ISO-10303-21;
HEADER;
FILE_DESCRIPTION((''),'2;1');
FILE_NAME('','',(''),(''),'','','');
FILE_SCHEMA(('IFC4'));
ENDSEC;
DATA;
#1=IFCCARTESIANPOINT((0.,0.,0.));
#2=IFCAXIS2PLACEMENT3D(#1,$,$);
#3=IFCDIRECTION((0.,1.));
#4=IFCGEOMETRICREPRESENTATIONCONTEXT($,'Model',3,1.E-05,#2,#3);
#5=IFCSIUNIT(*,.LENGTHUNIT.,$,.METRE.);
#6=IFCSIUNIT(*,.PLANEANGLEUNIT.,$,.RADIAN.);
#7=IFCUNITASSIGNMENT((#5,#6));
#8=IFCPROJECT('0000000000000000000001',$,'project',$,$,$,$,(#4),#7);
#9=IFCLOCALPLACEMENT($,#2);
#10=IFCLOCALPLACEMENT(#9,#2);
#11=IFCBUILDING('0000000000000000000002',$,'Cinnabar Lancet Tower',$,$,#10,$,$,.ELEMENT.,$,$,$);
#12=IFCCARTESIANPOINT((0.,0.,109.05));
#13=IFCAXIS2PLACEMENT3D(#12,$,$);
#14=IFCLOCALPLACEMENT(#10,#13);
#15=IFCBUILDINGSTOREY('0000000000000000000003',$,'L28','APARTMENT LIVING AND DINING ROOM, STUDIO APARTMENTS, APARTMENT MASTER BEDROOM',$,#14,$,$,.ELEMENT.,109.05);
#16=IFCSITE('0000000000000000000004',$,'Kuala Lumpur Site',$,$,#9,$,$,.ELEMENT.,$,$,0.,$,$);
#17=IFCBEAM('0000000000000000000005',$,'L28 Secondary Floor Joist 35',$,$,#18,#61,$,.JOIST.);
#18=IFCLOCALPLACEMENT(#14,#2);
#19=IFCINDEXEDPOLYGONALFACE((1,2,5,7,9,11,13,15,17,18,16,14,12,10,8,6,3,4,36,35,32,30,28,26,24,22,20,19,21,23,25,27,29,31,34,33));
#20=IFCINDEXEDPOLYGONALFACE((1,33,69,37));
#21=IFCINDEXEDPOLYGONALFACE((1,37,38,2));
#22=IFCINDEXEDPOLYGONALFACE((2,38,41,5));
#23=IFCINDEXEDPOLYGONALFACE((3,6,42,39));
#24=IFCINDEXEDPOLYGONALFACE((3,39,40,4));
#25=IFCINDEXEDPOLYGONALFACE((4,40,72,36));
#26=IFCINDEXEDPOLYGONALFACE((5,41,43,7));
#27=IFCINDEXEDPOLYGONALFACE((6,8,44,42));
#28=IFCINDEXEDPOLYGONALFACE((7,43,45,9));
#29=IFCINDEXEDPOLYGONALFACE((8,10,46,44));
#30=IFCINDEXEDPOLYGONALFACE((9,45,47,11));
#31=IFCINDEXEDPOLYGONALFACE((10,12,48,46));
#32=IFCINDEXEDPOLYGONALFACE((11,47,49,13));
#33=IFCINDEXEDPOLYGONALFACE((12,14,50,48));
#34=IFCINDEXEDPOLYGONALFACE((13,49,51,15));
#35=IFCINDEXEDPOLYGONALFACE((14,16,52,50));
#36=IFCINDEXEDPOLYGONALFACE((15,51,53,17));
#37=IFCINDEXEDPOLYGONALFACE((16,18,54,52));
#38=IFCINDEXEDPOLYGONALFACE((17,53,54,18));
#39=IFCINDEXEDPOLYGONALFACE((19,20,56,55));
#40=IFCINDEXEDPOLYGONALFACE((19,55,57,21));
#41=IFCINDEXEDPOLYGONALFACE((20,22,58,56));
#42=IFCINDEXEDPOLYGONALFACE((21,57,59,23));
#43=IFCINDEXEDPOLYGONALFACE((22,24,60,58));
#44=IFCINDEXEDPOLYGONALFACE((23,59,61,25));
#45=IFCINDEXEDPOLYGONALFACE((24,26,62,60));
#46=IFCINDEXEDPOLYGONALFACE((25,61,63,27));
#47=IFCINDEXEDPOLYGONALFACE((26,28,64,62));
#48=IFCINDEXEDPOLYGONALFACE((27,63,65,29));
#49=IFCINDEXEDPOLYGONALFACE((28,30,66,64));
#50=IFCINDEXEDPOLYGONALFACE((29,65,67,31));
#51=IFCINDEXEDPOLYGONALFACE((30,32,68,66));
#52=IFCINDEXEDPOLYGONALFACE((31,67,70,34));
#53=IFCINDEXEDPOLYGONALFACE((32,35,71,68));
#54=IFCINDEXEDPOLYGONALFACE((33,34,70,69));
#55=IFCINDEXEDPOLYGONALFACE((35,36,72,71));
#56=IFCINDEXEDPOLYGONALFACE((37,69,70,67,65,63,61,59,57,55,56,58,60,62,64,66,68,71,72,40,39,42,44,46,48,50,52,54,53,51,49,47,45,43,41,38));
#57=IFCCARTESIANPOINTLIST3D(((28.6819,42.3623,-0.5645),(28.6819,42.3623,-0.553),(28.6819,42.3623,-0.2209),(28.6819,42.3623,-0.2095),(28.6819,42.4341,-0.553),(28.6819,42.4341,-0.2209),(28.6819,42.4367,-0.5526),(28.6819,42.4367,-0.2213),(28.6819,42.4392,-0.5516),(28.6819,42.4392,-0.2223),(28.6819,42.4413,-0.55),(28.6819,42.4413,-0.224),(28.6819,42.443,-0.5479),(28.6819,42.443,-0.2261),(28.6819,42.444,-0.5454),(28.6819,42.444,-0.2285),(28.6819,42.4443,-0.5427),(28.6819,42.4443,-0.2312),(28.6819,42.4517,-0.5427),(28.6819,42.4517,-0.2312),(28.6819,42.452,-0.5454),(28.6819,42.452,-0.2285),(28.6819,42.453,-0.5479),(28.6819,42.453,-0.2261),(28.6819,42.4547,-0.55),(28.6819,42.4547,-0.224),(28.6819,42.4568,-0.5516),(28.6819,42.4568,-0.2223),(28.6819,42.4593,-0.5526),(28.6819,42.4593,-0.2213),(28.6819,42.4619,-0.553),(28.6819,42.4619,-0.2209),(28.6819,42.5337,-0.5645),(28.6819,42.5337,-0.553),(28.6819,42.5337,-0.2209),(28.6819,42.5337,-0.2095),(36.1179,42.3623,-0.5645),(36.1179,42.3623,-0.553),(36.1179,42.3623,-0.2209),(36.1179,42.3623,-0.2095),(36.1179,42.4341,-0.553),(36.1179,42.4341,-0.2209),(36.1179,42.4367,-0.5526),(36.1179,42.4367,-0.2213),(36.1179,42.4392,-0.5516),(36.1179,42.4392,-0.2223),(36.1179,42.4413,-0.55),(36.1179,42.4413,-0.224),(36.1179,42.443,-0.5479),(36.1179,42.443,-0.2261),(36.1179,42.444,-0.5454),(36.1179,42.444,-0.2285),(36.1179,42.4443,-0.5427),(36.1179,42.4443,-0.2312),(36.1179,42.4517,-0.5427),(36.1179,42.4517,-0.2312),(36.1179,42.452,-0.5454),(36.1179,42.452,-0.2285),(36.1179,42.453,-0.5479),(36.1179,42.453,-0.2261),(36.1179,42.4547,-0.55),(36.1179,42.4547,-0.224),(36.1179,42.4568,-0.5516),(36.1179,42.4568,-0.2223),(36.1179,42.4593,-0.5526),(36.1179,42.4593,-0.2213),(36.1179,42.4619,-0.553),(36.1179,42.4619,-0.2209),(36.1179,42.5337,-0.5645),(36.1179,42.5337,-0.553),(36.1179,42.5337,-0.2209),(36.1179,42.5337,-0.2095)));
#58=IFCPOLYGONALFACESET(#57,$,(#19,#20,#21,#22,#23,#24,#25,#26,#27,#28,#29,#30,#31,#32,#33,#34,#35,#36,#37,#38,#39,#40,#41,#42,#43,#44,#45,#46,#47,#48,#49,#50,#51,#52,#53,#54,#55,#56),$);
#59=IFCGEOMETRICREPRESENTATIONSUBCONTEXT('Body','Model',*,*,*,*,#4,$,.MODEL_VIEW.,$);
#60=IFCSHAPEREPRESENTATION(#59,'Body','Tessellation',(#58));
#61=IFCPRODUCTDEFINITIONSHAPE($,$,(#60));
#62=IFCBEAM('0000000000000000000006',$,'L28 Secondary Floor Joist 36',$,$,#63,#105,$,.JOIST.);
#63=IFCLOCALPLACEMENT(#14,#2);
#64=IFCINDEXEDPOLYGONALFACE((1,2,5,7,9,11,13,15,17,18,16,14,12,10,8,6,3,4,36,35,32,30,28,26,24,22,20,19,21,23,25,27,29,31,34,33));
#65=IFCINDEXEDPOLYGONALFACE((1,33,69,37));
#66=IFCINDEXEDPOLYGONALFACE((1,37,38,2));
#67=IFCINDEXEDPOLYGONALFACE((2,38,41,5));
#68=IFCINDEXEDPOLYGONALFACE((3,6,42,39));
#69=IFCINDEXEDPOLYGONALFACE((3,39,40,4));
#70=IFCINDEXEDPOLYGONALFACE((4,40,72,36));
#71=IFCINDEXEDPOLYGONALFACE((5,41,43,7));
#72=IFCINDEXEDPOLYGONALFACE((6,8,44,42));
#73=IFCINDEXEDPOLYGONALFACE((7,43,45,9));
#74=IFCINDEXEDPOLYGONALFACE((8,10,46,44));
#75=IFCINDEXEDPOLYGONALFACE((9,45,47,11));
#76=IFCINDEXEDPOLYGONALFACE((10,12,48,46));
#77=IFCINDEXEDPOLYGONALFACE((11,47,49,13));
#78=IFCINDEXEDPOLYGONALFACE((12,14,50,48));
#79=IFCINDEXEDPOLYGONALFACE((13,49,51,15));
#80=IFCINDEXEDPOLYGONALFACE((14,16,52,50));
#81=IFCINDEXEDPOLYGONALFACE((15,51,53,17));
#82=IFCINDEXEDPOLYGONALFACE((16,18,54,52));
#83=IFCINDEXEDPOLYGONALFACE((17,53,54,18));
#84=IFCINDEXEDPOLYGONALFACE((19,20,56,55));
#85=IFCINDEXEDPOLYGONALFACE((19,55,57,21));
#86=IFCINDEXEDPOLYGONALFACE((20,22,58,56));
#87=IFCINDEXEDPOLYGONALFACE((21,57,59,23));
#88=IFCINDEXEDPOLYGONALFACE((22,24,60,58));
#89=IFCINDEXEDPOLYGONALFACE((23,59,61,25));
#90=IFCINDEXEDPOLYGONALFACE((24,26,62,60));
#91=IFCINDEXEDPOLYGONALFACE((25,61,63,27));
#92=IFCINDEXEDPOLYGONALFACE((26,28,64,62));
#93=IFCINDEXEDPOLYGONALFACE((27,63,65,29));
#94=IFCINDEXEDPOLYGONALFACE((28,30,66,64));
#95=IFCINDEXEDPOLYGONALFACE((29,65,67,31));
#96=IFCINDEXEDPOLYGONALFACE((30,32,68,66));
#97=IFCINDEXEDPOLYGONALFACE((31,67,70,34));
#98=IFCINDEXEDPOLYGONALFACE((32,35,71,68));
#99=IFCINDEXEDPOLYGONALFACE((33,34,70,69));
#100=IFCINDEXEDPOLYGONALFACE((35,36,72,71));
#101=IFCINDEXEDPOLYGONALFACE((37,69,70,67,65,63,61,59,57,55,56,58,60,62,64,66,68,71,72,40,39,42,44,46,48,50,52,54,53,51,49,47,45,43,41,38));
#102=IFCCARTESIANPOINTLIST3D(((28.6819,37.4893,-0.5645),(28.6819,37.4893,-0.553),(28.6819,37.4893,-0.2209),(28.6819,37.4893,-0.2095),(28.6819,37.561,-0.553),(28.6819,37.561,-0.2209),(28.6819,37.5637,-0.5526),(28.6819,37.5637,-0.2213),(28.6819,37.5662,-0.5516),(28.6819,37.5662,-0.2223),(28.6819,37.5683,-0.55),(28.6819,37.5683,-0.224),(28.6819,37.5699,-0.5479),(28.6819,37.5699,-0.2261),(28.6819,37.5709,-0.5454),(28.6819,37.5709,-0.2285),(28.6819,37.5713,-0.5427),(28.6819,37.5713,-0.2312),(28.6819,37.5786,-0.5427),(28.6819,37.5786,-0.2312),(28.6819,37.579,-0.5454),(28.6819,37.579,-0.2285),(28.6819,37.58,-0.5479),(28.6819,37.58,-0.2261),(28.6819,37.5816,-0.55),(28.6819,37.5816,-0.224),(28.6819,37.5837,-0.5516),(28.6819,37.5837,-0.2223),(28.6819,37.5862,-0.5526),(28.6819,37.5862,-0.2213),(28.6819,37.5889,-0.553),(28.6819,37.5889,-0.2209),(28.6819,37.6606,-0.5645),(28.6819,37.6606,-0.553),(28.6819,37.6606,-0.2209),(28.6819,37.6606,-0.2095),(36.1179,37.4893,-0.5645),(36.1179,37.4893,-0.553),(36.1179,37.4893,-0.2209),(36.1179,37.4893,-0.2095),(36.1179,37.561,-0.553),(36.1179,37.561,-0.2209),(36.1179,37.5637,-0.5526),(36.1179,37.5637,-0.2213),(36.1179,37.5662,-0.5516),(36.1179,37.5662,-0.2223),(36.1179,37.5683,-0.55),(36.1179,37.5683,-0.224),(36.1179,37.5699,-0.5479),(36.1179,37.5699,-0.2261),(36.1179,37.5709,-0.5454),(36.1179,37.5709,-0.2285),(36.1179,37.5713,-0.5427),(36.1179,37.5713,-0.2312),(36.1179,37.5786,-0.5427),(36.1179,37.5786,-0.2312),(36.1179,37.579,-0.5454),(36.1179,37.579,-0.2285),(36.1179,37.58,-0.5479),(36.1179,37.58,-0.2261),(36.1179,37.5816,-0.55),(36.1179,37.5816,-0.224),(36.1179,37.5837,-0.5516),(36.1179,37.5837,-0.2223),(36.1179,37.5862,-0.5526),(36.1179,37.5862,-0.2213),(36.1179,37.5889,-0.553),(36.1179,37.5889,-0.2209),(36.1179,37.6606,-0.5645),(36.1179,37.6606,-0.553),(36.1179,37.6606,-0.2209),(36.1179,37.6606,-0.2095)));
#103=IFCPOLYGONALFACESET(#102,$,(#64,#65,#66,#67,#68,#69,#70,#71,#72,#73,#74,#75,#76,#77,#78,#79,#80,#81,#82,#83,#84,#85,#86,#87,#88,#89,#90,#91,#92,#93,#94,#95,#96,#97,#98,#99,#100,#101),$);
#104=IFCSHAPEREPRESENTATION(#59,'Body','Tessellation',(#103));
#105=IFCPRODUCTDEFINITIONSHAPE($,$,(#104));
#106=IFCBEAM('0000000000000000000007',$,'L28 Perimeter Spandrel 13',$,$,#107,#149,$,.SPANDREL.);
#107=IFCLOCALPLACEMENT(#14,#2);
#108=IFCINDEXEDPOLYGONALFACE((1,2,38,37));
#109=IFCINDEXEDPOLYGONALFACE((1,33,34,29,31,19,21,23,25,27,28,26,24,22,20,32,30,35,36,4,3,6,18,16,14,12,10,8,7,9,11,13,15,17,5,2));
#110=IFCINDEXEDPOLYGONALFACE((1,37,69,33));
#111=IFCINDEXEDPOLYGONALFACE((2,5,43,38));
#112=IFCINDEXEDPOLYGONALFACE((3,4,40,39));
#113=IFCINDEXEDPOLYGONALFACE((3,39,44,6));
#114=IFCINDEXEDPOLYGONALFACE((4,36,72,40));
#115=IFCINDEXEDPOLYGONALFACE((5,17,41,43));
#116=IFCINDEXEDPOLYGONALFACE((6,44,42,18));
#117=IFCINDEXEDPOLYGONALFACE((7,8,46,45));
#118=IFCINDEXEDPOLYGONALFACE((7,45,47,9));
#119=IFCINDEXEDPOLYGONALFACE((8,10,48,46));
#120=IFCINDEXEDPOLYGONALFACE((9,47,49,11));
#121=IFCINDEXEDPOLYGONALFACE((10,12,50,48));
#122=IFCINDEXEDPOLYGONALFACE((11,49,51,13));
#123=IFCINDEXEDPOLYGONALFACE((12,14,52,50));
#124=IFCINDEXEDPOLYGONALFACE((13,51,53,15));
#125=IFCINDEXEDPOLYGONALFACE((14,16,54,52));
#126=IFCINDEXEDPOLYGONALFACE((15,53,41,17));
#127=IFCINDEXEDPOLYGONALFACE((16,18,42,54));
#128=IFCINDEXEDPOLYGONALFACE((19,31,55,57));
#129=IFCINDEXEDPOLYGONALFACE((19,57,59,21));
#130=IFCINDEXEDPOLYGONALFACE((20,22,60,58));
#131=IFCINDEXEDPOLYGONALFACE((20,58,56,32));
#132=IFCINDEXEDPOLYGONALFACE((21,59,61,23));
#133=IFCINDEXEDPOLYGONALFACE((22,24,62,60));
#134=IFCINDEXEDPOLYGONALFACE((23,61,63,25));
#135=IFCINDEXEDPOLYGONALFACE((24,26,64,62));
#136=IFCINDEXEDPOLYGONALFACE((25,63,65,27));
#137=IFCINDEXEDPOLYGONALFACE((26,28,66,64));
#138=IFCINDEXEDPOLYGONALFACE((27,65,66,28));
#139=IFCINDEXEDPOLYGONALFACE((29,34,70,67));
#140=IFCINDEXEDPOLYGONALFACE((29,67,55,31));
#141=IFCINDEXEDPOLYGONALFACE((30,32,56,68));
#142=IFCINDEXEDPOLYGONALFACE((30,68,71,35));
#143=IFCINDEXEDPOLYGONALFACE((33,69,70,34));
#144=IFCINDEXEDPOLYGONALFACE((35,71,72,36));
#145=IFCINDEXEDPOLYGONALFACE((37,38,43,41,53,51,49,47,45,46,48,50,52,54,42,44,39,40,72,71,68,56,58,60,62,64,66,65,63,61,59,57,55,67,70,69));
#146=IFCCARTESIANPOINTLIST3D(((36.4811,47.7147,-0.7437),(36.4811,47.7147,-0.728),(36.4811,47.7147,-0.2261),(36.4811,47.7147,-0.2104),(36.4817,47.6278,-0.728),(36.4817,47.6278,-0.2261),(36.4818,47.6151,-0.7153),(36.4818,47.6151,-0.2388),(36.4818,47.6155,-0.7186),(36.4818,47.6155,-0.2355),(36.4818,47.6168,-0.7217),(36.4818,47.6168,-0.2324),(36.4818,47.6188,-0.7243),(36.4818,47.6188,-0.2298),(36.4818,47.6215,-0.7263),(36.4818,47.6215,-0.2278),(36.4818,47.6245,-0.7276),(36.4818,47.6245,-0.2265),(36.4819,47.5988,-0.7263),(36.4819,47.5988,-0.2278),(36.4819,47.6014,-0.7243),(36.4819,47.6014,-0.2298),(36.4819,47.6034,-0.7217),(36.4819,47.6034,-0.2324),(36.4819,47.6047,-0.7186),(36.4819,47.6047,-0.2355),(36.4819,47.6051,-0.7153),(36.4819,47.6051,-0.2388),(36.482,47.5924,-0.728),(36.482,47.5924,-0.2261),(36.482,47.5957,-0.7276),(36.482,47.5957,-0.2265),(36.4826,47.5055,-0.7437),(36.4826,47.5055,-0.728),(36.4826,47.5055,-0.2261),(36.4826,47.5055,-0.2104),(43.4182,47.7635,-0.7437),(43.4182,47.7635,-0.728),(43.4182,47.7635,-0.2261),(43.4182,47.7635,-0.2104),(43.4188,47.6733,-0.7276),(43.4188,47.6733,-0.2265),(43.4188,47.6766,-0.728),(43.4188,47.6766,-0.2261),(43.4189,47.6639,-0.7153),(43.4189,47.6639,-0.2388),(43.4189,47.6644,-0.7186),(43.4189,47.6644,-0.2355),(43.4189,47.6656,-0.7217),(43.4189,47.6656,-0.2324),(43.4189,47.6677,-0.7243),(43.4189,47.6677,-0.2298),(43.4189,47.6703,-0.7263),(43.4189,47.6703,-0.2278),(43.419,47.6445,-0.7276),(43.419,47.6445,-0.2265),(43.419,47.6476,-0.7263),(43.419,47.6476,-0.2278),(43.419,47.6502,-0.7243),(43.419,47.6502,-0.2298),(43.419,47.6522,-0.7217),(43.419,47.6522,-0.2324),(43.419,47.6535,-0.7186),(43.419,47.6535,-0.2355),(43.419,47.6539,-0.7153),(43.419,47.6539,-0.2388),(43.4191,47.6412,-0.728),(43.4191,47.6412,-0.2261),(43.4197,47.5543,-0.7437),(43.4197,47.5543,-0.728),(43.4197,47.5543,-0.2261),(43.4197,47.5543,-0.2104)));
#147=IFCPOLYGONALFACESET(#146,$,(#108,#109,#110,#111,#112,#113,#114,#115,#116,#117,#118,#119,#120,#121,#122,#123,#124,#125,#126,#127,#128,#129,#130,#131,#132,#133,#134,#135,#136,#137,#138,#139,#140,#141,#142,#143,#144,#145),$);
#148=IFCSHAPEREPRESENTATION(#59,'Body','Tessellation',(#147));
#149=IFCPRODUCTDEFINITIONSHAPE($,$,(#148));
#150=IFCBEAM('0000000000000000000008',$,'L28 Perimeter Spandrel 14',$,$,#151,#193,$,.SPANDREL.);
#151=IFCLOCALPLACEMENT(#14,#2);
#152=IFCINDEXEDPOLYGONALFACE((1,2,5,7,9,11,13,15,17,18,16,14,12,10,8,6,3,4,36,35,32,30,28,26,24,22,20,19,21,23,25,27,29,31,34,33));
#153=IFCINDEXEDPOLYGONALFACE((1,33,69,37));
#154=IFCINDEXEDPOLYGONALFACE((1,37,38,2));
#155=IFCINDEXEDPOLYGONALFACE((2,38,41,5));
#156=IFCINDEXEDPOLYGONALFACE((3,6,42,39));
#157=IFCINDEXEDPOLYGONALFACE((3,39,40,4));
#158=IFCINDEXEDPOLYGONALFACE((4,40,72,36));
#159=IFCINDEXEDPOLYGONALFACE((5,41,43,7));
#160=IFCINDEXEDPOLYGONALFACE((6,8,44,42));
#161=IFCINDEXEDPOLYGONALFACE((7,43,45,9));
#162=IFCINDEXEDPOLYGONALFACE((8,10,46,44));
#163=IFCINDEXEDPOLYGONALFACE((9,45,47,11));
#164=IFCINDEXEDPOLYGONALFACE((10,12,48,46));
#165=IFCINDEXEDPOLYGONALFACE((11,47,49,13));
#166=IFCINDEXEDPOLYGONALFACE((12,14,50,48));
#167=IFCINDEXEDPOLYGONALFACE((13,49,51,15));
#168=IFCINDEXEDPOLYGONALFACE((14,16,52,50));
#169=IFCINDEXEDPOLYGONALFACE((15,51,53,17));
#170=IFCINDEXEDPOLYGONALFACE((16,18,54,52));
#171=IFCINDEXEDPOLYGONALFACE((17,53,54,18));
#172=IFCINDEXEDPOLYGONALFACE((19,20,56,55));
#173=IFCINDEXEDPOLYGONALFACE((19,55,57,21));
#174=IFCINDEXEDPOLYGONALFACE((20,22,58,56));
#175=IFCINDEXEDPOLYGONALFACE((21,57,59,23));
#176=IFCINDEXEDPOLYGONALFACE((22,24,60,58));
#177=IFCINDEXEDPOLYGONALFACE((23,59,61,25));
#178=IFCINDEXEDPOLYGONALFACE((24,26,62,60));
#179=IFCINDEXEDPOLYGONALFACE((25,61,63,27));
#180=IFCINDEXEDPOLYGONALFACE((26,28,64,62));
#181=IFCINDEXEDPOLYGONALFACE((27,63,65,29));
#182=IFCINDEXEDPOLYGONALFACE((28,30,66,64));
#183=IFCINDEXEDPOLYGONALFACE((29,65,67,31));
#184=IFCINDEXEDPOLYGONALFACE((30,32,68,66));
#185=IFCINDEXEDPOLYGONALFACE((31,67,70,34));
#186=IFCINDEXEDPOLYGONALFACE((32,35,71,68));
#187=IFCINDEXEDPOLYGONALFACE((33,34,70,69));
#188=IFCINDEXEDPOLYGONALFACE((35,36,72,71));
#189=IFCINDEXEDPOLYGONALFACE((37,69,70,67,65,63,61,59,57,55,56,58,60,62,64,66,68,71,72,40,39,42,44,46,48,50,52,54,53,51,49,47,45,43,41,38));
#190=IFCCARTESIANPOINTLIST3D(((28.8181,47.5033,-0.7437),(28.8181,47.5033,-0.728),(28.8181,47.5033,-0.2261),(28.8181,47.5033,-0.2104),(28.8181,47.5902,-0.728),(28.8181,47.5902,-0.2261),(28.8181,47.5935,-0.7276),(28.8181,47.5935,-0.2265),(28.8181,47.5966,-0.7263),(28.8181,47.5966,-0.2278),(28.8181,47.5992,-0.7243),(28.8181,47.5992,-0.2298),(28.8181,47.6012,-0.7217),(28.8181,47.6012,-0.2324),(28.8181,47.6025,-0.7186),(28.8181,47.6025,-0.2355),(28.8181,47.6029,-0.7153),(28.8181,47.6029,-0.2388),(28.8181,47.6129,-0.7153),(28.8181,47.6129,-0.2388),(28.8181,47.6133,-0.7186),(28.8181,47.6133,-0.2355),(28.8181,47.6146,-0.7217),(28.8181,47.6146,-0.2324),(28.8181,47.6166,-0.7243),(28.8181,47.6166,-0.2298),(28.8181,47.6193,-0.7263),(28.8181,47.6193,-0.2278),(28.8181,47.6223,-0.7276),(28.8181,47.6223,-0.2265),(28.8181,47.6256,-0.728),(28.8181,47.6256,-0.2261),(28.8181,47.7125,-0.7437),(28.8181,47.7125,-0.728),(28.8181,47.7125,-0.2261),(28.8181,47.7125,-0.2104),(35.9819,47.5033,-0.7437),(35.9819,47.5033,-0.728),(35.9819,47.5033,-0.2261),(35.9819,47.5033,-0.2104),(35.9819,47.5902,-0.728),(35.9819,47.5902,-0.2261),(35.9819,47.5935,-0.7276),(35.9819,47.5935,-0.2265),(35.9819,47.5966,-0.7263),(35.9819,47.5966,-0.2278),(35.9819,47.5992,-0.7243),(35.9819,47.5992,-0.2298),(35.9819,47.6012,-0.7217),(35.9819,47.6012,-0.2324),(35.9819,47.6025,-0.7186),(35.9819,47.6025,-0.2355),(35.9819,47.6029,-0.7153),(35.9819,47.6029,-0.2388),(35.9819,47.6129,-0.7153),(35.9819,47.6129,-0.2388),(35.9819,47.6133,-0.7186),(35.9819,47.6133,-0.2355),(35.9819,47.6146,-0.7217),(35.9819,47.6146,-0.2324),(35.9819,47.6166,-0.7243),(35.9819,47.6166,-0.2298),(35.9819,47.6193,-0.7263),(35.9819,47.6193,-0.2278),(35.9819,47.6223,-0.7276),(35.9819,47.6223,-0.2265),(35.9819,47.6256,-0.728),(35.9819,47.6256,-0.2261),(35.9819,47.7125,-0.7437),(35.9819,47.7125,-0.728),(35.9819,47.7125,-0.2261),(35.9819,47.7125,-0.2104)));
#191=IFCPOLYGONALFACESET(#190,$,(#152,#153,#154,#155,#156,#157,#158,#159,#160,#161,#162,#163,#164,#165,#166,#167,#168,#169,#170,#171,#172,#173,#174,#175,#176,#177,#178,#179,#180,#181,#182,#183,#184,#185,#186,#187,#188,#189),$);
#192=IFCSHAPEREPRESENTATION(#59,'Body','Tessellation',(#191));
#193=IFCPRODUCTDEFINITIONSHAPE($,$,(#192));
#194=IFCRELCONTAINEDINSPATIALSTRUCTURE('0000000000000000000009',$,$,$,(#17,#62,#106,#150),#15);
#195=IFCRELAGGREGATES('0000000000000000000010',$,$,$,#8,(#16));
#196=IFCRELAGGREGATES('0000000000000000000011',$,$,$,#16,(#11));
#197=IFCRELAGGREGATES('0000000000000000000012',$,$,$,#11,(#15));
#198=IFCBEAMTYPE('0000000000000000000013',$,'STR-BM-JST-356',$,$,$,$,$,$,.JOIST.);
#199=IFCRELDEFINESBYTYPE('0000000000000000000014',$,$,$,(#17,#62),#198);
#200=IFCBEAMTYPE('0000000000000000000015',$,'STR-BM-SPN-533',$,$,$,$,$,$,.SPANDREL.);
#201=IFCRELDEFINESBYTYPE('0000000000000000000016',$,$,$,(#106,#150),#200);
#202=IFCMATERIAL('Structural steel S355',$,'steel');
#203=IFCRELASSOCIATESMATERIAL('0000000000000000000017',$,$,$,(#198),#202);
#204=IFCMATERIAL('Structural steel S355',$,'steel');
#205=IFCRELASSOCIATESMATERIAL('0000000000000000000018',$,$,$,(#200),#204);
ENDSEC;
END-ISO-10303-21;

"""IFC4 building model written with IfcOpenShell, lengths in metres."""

from ifc_helpers import new_model, si_unit, direction, frame, origin, origin_2d, place, context, subcontext, project, spatial, i_section, extrude, material, material_profile, profile_set, type_object, element, save


model = new_model("IFC4")

# Units and contexts
model_context = context("Model", 3, precision=1e-05, world=origin(), true_north=direction((0.0, 1.0)))
body_context = subcontext(model_context, "Body", "Model", "MODEL_VIEW")
ifc_project = project(units=[si_unit("LENGTHUNIT", "METRE"), si_unit("PLANEANGLEUNIT", "RADIAN")], contexts=[model_context])

# Site, building, storey
site_placement = place(None, origin())
site = spatial("IfcSite", under=ifc_project, at=site_placement, Name="Kuala Lumpur Site", CompositionType="ELEMENT", RefElevation=0.0)
building_placement = place(site_placement, origin())
building = spatial("IfcBuilding", under=site, at=building_placement, Name="Cinnabar Lancet Tower", CompositionType="ELEMENT")
storey_placement = place(building_placement, frame((0.0, 0.0, 109.05)))
storey = spatial("IfcBuildingStorey", under=building, at=storey_placement, Name="L28", Description="APARTMENT LIVING AND DINING ROOM, STUDIO APARTMENTS, APARTMENT MASTER BEDROOM", CompositionType="ELEMENT", Elevation=109.05)

# Beams
ifc_material_1 = material(Name="Structural steel S355", Category="steel")
ifc_material_profile_1 = material_profile(ifc_material_1, i_section(OverallWidth=0.1714, OverallDepth=0.355, WebThickness=0.0073, FlangeThickness=0.0115, FilletRadius=0.0103, at=origin_2d()), Name="UKB 356x171x51")
ifc_profile_set_1 = profile_set([ifc_material_profile_1], Name="Structural steel S355")
beam_type_1 = type_object("IfcBeamType", Name="STR-BM-JST-356", PredefinedType="JOIST", material=ifc_profile_set_1)
for number, where, z_axis, x_axis, name in (
    (1, (36.1179, 42.448, -0.387), (-1.0, 0.0, 0.0), (0.0, -1.0, 0.0), "L28 Secondary Floor Joist 35"),
    (2, (36.1179, 37.575, -0.387), (-1.0, 0.0, 0.0), (0.0, -1.0, 0.0), "L28 Secondary Floor Joist 36"),
):
    element("IfcBeam", number, at=place(storey_placement, frame(where, z_axis=z_axis, x_axis=x_axis)), inside=storey, type_object=beam_type_1, Name=name, PredefinedType="JOIST", context=body_context, shape_type="SweptSolid", body=[
        extrude(i_section(OverallWidth=0.1714, OverallDepth=0.355, WebThickness=0.0073, FlangeThickness=0.0115, FilletRadius=0.0103, at=origin_2d()), origin(), (0.0, 0.0, 1.0), 7.436),
    ])
ifc_material_2 = material(Name="Structural steel S355", Category="steel")
ifc_material_profile_2 = material_profile(ifc_material_2, i_section(OverallWidth=0.2092, OverallDepth=0.5332, WebThickness=0.01, FlangeThickness=0.0156, FilletRadius=0.0127, at=origin_2d()), Name="UKB 533x210x92")
ifc_profile_set_2 = profile_set([ifc_material_profile_2], Name="Structural steel S355")
beam_type_2 = type_object("IfcBeamType", Name="STR-BM-SPN-533", PredefinedType="SPANDREL", material=ifc_profile_set_2)
beam_1_placement = place(storey_placement, frame((43.4189, 47.6589, -0.4771), z_axis=(-0.999975, -0.007039, 0.0), x_axis=(0.007039, -0.999975, 0.0)))
element("IfcBeam", 3, at=beam_1_placement, inside=storey, type_object=beam_type_2, Name="L28 Perimeter Spandrel 13", PredefinedType="SPANDREL", context=body_context, shape_type="SweptSolid", body=[
    extrude(i_section(OverallWidth=0.2092, OverallDepth=0.5332, WebThickness=0.01, FlangeThickness=0.0156, FilletRadius=0.0127, at=origin_2d()), origin(), (0.0, 0.0, 1.0), 6.9373),
])
beam_2_placement = place(storey_placement, frame((35.9819, 47.6079, -0.4771), z_axis=(-1.0, 0.0, 0.0), x_axis=(0.0, -1.0, 0.0)))
element("IfcBeam", 4, at=beam_2_placement, inside=storey, type_object=beam_type_2, Name="L28 Perimeter Spandrel 14", PredefinedType="SPANDREL", context=body_context, shape_type="SweptSolid", body=[
    extrude(i_section(OverallWidth=0.2092, OverallDepth=0.5332, WebThickness=0.01, FlangeThickness=0.0156, FilletRadius=0.0127, at=origin_2d()), origin(), (0.0, 0.0, 1.0), 7.1638),
])

save(model, "model.ifc")
